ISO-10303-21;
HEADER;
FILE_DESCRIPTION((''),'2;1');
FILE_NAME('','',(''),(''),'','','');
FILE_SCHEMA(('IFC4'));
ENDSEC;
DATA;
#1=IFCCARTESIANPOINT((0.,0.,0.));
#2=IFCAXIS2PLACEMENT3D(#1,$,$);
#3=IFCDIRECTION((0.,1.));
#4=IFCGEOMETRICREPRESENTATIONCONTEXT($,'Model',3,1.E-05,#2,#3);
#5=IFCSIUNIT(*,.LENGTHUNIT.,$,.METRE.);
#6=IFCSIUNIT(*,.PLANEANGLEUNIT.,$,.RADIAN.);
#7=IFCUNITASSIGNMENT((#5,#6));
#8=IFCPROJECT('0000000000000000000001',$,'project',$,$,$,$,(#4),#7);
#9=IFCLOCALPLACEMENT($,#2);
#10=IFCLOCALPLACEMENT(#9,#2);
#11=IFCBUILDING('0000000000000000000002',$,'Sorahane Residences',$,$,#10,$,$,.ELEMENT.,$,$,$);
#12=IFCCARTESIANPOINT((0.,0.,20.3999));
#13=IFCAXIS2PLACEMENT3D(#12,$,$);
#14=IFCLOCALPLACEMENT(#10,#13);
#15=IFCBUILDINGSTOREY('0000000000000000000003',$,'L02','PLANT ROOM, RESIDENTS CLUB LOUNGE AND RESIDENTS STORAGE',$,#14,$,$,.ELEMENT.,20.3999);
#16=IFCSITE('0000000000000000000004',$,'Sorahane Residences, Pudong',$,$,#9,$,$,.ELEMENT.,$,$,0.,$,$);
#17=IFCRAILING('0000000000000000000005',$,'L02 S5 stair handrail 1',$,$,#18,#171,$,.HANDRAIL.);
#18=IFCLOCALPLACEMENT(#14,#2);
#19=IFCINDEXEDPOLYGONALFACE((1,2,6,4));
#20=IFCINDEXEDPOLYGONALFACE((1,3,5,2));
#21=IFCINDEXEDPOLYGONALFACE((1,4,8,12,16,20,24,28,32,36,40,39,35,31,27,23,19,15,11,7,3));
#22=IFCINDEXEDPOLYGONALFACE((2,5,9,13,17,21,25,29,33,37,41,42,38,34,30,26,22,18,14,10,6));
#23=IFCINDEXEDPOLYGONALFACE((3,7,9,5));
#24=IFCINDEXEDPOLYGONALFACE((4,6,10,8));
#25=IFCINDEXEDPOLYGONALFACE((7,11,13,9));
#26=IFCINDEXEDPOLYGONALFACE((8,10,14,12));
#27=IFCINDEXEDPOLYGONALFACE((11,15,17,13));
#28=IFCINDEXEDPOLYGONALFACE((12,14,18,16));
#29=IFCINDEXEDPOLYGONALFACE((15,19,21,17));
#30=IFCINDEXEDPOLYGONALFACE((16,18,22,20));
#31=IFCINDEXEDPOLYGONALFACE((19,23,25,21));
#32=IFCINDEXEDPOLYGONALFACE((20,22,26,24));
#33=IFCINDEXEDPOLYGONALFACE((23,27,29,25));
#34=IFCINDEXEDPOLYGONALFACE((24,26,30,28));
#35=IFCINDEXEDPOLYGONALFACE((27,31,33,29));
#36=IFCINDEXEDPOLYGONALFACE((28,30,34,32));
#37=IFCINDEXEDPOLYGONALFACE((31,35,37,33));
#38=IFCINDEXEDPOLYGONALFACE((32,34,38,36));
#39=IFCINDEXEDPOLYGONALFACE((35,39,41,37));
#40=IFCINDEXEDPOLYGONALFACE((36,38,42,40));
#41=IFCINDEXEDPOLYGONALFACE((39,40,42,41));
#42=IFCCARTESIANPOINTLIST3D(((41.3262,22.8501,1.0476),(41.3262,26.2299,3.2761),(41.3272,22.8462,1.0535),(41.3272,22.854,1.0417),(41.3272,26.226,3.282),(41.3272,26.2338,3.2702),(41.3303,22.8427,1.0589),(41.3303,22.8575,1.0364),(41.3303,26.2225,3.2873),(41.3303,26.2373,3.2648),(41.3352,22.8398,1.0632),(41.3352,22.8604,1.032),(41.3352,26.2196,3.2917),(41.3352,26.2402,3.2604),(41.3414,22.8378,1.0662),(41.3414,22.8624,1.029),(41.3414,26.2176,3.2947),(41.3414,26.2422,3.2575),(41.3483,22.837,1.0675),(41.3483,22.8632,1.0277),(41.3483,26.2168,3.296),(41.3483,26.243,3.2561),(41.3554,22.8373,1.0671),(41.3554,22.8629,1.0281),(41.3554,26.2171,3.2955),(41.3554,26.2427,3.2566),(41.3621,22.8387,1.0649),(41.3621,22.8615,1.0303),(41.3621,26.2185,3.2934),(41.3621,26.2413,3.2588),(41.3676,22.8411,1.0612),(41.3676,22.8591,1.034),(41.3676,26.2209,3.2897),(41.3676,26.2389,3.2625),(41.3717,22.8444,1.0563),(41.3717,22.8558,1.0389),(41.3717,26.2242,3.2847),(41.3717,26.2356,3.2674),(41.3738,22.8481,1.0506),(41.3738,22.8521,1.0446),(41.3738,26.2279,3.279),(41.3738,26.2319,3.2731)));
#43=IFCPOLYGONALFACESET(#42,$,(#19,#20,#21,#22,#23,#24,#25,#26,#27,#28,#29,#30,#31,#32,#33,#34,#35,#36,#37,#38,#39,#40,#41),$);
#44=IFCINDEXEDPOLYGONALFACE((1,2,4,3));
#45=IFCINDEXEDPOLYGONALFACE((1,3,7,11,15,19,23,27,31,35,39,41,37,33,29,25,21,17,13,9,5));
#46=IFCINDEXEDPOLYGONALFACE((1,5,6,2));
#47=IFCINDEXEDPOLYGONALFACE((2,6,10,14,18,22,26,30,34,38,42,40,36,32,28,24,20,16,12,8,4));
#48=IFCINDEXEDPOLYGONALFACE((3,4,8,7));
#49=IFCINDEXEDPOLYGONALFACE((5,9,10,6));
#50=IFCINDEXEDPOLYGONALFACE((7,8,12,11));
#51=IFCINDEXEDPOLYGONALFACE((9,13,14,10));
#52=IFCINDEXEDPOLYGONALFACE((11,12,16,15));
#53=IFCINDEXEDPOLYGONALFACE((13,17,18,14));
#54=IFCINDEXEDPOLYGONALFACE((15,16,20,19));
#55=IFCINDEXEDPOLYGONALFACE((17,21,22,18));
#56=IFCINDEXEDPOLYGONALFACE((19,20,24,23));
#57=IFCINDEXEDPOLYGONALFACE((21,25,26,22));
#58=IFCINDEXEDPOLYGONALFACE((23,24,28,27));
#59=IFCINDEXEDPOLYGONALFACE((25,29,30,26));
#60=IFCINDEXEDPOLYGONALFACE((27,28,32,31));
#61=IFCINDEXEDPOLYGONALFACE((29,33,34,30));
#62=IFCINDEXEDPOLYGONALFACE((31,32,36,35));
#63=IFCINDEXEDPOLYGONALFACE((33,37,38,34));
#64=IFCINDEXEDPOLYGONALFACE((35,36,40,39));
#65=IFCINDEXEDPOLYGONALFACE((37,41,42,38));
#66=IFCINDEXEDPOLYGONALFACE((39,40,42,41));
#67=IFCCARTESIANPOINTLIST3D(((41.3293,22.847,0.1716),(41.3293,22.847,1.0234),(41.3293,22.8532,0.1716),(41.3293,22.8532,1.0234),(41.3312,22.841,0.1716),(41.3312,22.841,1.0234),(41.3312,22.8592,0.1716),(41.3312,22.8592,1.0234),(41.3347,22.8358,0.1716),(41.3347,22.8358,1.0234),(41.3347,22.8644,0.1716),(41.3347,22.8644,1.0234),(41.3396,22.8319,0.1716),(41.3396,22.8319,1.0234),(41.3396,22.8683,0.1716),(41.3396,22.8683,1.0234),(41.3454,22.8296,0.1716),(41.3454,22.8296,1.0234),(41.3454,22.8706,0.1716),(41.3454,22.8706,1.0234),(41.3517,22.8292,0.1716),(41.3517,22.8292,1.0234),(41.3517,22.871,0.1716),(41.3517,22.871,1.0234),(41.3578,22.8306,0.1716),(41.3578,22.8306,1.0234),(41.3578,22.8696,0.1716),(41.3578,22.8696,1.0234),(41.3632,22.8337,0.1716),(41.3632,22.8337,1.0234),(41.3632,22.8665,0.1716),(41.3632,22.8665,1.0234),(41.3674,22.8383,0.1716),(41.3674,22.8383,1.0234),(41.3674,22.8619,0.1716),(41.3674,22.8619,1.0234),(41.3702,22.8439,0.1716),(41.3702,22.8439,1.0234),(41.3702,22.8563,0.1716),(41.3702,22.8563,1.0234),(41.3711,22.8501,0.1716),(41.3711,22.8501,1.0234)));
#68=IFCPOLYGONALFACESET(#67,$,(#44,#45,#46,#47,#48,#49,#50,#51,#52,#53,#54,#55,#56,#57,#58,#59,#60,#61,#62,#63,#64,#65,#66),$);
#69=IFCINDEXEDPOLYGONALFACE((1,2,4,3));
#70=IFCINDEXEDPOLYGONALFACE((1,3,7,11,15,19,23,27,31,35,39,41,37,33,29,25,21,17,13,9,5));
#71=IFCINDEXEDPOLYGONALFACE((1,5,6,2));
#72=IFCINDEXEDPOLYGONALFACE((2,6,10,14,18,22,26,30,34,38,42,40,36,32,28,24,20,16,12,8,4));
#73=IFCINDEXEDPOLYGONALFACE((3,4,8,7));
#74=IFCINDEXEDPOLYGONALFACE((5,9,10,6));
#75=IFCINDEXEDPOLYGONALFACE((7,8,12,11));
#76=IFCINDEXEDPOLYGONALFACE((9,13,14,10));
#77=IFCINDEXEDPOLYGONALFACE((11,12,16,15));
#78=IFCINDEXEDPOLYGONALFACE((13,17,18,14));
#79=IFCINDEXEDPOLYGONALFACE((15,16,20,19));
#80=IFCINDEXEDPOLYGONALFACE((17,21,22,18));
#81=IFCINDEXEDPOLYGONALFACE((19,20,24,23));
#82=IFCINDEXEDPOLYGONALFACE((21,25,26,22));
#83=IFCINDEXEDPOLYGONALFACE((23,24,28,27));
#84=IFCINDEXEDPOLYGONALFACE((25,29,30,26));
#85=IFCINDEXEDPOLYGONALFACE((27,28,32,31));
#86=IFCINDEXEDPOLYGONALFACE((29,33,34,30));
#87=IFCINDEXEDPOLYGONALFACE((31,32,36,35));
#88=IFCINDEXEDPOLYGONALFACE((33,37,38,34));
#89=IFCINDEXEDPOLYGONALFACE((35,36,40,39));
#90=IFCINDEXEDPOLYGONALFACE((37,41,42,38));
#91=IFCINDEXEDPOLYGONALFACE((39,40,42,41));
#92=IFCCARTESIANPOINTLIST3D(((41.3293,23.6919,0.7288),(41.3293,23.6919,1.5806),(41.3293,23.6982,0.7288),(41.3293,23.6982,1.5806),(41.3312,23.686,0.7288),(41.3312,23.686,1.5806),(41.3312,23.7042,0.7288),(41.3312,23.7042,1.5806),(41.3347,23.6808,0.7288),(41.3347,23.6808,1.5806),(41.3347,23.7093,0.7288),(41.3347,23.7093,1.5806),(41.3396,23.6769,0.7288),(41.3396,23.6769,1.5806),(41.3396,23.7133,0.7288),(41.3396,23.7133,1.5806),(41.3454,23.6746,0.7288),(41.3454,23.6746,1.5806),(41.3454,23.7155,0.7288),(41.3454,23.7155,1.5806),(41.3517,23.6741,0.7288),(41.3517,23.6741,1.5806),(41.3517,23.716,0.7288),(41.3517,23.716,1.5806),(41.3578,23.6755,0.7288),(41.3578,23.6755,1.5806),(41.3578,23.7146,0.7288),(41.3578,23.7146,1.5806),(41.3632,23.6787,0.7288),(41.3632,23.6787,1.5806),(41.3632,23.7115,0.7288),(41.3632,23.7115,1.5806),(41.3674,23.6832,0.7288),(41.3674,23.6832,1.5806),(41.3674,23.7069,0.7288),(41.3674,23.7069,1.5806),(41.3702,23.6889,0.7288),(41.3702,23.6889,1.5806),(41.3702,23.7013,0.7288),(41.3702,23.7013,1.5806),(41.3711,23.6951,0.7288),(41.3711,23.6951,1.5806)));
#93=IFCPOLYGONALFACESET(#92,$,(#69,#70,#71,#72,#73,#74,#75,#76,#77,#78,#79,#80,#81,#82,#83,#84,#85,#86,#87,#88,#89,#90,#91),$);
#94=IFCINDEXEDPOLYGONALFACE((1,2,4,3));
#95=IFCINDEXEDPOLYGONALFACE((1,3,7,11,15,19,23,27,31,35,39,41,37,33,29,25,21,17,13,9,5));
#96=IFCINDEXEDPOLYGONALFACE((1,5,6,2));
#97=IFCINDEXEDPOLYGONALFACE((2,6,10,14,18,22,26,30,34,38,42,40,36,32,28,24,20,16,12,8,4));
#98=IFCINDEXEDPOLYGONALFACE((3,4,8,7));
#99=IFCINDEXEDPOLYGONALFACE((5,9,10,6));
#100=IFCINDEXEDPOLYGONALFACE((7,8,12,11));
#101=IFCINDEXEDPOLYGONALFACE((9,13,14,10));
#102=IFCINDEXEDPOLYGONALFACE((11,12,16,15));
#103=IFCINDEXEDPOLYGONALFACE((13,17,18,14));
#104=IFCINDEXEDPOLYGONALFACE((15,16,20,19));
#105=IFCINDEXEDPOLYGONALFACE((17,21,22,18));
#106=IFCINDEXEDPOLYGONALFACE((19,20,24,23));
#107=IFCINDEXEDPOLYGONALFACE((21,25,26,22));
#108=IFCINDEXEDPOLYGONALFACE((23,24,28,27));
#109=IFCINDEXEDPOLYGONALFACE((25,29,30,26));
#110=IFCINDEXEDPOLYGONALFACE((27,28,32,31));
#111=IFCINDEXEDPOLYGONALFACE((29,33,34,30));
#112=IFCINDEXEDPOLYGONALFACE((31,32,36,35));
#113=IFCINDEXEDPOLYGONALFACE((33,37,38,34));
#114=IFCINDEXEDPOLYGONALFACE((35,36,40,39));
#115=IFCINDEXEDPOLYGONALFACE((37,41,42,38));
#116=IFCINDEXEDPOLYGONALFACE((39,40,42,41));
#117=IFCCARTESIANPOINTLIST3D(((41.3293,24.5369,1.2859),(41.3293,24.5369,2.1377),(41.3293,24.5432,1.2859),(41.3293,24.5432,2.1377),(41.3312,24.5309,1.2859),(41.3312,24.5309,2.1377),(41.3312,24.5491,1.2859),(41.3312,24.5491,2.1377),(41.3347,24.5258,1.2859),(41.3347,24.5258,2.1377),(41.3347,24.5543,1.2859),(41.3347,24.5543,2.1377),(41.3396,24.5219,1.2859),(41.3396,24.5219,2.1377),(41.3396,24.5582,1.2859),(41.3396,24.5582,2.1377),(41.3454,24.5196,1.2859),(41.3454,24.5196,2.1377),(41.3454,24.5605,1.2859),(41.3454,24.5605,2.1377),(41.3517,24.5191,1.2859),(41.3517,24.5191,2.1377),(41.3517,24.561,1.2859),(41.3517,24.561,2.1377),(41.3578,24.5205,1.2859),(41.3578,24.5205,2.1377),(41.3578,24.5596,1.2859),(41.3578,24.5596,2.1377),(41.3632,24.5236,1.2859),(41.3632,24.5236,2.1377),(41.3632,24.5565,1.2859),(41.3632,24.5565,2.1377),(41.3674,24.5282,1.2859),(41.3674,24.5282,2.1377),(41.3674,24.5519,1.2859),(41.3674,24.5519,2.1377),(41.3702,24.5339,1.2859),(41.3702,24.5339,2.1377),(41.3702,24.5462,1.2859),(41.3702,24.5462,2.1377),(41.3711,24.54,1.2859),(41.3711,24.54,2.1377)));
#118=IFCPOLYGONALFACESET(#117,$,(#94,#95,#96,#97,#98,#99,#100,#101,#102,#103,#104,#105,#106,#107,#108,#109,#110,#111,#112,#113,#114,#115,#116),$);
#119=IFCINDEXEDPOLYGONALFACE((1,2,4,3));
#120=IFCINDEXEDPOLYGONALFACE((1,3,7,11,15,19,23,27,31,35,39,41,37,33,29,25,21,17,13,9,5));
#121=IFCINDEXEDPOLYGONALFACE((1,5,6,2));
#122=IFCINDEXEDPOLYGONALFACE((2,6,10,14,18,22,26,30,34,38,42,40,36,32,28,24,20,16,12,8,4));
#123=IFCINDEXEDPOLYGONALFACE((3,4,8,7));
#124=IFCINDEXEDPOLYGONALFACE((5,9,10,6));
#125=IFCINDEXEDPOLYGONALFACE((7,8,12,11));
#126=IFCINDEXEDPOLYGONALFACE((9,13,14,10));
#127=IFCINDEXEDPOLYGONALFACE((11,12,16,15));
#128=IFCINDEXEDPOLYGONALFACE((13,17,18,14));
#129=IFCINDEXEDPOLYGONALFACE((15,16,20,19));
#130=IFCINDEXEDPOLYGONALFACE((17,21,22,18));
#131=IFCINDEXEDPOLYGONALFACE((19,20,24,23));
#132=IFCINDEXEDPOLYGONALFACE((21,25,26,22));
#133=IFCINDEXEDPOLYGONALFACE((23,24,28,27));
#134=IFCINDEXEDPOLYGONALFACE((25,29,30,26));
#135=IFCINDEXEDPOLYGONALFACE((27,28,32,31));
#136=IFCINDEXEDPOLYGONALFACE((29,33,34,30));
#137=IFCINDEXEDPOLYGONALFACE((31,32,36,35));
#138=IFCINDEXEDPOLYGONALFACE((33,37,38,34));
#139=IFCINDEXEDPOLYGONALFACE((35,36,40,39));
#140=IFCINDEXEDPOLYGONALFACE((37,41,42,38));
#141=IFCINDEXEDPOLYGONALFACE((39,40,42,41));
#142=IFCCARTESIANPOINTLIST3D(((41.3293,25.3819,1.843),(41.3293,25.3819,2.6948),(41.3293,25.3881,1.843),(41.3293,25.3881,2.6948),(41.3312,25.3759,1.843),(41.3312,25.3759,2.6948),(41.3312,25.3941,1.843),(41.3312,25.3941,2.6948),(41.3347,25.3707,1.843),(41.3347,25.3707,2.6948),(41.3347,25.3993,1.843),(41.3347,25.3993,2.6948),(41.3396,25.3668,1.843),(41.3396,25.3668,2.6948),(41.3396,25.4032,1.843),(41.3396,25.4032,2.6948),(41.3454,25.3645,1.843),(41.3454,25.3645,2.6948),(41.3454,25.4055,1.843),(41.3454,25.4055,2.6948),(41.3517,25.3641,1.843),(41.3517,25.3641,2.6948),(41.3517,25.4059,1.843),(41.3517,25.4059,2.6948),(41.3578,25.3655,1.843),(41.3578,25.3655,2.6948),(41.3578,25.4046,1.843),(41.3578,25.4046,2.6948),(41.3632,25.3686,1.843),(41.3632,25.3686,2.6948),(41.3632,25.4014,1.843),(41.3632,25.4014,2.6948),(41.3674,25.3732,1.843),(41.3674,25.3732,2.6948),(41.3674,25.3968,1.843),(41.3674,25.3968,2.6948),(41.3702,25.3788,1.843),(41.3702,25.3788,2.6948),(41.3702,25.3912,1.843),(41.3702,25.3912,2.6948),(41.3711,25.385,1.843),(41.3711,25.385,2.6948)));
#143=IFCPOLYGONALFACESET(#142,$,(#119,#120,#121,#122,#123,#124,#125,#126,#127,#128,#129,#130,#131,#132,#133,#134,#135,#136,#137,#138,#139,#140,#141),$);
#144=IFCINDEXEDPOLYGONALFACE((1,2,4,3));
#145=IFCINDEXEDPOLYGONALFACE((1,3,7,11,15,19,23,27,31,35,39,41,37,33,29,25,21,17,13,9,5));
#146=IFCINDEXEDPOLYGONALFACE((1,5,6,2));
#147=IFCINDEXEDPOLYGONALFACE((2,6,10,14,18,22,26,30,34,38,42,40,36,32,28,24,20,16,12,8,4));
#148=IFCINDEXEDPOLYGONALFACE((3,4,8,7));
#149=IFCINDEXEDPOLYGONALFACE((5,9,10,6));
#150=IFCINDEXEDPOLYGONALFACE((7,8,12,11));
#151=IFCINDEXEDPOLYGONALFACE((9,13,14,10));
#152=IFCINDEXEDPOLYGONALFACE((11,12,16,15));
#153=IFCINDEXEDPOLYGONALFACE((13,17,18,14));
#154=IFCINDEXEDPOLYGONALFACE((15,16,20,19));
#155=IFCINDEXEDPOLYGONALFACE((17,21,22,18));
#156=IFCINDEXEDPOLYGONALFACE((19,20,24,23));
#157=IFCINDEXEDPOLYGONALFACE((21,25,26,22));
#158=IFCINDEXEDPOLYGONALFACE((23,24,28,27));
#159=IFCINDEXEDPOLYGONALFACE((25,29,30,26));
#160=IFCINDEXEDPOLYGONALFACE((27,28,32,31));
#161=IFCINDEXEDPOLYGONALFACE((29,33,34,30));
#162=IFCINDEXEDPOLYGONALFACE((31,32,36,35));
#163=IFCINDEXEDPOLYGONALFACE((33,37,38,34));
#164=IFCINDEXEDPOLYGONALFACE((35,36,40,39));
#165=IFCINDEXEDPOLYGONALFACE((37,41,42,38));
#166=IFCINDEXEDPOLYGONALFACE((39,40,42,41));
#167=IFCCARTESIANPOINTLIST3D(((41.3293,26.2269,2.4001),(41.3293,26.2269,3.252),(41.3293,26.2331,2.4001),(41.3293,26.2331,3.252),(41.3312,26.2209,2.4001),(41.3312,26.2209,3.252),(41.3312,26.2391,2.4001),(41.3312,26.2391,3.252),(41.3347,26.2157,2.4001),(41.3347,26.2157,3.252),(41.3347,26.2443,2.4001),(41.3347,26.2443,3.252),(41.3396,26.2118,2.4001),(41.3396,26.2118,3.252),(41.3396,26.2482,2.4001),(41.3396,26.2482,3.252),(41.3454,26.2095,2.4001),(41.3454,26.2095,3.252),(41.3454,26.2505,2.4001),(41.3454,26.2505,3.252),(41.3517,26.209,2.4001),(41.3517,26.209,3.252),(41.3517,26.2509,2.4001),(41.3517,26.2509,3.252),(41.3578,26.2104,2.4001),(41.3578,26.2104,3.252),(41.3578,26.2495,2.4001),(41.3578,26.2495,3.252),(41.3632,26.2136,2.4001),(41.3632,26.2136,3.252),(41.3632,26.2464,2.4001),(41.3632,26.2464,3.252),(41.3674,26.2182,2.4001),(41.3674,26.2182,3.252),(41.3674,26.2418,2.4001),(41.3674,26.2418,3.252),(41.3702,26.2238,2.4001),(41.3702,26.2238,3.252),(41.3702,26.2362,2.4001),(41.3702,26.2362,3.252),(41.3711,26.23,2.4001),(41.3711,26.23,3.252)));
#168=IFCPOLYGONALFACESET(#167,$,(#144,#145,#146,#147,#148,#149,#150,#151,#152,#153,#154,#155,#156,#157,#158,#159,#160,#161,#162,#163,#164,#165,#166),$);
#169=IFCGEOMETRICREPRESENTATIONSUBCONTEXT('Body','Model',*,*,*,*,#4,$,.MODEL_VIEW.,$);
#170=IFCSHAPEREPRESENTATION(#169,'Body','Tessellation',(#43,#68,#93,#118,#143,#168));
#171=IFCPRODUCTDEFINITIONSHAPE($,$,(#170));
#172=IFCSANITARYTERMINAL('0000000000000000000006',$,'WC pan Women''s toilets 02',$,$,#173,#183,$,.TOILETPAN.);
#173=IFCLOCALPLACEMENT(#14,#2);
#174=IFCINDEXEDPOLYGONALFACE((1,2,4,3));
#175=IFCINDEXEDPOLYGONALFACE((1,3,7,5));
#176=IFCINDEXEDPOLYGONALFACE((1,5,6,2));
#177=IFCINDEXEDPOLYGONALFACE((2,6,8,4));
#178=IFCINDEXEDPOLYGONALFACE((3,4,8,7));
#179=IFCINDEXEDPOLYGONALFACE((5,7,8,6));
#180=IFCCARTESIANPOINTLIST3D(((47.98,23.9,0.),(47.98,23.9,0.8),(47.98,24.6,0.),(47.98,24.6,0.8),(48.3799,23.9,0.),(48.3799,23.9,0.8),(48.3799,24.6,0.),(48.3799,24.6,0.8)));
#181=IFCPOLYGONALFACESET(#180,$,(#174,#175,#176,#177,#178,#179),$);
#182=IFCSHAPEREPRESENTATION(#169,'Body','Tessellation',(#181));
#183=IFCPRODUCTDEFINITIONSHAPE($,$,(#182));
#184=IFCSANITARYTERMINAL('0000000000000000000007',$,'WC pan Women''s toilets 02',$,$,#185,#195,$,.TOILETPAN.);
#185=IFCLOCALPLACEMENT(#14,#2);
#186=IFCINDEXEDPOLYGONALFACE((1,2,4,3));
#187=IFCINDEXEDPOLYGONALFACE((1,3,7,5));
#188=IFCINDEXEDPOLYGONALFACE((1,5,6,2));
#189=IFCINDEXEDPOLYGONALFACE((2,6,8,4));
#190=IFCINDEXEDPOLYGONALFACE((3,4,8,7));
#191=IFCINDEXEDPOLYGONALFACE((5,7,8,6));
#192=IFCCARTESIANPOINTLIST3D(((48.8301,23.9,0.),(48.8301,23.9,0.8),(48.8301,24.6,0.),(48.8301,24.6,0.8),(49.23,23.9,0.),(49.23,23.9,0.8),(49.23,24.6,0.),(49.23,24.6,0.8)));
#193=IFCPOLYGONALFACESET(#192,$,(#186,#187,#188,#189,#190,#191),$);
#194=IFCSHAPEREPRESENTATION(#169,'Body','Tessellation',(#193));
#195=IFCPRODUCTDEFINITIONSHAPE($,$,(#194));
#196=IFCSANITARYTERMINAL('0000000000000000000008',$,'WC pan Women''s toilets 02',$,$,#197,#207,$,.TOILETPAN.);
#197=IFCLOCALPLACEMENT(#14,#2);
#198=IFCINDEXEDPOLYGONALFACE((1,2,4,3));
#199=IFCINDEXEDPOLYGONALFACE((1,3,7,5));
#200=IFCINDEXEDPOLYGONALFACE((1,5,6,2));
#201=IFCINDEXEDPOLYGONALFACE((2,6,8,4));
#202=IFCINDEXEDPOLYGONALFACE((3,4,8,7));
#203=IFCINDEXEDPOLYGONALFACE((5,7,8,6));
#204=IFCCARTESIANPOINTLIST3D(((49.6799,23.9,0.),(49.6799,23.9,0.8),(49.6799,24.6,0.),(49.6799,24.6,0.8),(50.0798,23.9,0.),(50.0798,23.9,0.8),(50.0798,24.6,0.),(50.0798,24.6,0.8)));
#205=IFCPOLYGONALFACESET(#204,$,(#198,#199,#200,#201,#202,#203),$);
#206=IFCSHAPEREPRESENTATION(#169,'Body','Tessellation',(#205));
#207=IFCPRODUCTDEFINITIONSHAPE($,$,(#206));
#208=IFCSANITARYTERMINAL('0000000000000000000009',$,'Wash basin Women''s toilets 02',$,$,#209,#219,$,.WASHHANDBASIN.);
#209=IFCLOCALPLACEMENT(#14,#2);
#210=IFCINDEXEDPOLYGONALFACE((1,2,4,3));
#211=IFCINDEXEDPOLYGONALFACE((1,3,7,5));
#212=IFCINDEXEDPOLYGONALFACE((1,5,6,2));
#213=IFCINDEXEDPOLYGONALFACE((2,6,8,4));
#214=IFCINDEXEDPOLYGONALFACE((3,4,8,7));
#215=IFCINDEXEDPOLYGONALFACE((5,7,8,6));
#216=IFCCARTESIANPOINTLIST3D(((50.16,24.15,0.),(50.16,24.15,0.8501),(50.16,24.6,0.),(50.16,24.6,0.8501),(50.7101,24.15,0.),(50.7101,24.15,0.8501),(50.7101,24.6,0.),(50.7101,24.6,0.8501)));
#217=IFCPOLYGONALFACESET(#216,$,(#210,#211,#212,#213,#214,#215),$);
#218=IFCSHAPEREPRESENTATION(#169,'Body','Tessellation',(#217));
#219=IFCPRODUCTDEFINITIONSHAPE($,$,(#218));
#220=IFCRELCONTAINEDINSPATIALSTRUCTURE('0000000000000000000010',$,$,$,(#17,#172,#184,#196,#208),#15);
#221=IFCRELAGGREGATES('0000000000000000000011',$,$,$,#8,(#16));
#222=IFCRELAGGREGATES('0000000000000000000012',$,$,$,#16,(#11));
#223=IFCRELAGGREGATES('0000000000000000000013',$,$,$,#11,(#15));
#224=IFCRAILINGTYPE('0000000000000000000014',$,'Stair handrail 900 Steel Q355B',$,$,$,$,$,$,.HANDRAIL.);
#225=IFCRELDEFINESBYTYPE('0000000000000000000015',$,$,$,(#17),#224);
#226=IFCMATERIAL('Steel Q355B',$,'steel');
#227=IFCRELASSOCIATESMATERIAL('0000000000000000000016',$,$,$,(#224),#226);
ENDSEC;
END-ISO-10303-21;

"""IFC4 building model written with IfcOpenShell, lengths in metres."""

from ifc_helpers import new_model, si_unit, direction, frame, origin, origin_2d, place, context, subcontext, project, spatial, rectangle, circle, extrude, material, type_object, element, save


model = new_model("IFC4")

# Units and contexts
model_context = context("Model", 3, precision=1e-05, world=origin(), true_north=direction((0.0, 1.0)))
body_context = subcontext(model_context, "Body", "Model", "MODEL_VIEW")
ifc_project = project(units=[si_unit("LENGTHUNIT", "METRE"), si_unit("PLANEANGLEUNIT", "RADIAN")], contexts=[model_context])

# Site, building, storey
site_placement = place(None, origin())
site = spatial("IfcSite", under=ifc_project, at=site_placement, Name="Sorahane Residences, Pudong", CompositionType="ELEMENT", RefElevation=0.0)
building_placement = place(site_placement, origin())
building = spatial("IfcBuilding", under=site, at=building_placement, Name="Sorahane Residences", CompositionType="ELEMENT")
storey_placement = place(building_placement, frame((0.0, 0.0, 20.3999)))
storey = spatial("IfcBuildingStorey", under=building, at=storey_placement, Name="L02", Description="PLANT ROOM, RESIDENTS CLUB LOUNGE AND RESIDENTS STORAGE", CompositionType="ELEMENT", Elevation=20.3999)

# Railing
ifc_material_1 = material(Name="Steel Q355B", Category="steel")
railing_type_1 = type_object("IfcRailingType", Name="Stair handrail 900 Steel Q355B", PredefinedType="HANDRAIL", material=ifc_material_1)
railing_1_placement = place(storey_placement, frame((41.3501, 22.8501, 0.1716)))
element("IfcRailing", 1, at=railing_1_placement, inside=storey, type_object=railing_type_1, Name="L02 S5 stair handrail 1", PredefinedType="HANDRAIL", context=body_context, shape_type="SweptSolid", body=[
    extrude(circle(Radius=0.0239, at=origin_2d()), frame((0.0, 0.0, 0.876), z_axis=(0.0, 0.83486, 0.550462), x_axis=(-1.0, 0.0, 0.0)), (0.0, 0.0, 1.0), 4.0483),
    extrude(circle(Radius=0.021, at=origin_2d()), origin(), (0.0, 0.0, 1.0), 0.8518),
    extrude(circle(Radius=0.021, at=origin_2d()), frame((0.0, 0.845, 0.5571)), (0.0, 0.0, 1.0), 0.8518),
    extrude(circle(Radius=0.021, at=origin_2d()), frame((0.0, 1.6899, 1.1143)), (0.0, 0.0, 1.0), 0.8518),
    extrude(circle(Radius=0.021, at=origin_2d()), frame((0.0, 2.5349, 1.6714)), (0.0, 0.0, 1.0), 0.8518),
    extrude(circle(Radius=0.021, at=origin_2d()), frame((0.0, 3.3799, 2.2285)), (0.0, 0.0, 1.0), 0.8518),
])

# Sanitary terminals
for number, where, z_axis, x_axis, name in (
    (2, (48.1799, 24.25, 0.0), (0.0, 0.0, 1.0), (1.0, 0.0, 0.0), "WC pan Women's toilets 02"),
    (3, (49.03, 24.25, 0.0), (0.0, 0.0, 1.0), (1.0, 0.0, 0.0), "WC pan Women's toilets 02"),
    (4, (49.8799, 24.25, 0.0), (0.0, 0.0, 1.0), (1.0, 0.0, 0.0), "WC pan Women's toilets 02"),
):
    element("IfcSanitaryTerminal", number, at=place(storey_placement, frame(where, z_axis=z_axis, x_axis=x_axis)), inside=storey, Name=name, PredefinedType="TOILETPAN", context=body_context, shape_type="SweptSolid", body=[
        extrude(rectangle(XDim=0.3999, YDim=0.7, at=origin_2d()), origin(), (0.0, 0.0, 1.0), 0.8),
    ])
sanitary_terminal_placement = place(storey_placement, frame((50.4351, 24.375, 0.0), z_axis=(0.0, 0.0, 1.0), x_axis=(1.0, 0.0, 0.0)))
element("IfcSanitaryTerminal", 5, at=sanitary_terminal_placement, inside=storey, Name="Wash basin Women's toilets 02", PredefinedType="WASHHANDBASIN", context=body_context, shape_type="SweptSolid", body=[
    extrude(rectangle(XDim=0.55, YDim=0.45, at=origin_2d()), origin(), (0.0, 0.0, 1.0), 0.8501),
])

save(model, "model.ifc")
